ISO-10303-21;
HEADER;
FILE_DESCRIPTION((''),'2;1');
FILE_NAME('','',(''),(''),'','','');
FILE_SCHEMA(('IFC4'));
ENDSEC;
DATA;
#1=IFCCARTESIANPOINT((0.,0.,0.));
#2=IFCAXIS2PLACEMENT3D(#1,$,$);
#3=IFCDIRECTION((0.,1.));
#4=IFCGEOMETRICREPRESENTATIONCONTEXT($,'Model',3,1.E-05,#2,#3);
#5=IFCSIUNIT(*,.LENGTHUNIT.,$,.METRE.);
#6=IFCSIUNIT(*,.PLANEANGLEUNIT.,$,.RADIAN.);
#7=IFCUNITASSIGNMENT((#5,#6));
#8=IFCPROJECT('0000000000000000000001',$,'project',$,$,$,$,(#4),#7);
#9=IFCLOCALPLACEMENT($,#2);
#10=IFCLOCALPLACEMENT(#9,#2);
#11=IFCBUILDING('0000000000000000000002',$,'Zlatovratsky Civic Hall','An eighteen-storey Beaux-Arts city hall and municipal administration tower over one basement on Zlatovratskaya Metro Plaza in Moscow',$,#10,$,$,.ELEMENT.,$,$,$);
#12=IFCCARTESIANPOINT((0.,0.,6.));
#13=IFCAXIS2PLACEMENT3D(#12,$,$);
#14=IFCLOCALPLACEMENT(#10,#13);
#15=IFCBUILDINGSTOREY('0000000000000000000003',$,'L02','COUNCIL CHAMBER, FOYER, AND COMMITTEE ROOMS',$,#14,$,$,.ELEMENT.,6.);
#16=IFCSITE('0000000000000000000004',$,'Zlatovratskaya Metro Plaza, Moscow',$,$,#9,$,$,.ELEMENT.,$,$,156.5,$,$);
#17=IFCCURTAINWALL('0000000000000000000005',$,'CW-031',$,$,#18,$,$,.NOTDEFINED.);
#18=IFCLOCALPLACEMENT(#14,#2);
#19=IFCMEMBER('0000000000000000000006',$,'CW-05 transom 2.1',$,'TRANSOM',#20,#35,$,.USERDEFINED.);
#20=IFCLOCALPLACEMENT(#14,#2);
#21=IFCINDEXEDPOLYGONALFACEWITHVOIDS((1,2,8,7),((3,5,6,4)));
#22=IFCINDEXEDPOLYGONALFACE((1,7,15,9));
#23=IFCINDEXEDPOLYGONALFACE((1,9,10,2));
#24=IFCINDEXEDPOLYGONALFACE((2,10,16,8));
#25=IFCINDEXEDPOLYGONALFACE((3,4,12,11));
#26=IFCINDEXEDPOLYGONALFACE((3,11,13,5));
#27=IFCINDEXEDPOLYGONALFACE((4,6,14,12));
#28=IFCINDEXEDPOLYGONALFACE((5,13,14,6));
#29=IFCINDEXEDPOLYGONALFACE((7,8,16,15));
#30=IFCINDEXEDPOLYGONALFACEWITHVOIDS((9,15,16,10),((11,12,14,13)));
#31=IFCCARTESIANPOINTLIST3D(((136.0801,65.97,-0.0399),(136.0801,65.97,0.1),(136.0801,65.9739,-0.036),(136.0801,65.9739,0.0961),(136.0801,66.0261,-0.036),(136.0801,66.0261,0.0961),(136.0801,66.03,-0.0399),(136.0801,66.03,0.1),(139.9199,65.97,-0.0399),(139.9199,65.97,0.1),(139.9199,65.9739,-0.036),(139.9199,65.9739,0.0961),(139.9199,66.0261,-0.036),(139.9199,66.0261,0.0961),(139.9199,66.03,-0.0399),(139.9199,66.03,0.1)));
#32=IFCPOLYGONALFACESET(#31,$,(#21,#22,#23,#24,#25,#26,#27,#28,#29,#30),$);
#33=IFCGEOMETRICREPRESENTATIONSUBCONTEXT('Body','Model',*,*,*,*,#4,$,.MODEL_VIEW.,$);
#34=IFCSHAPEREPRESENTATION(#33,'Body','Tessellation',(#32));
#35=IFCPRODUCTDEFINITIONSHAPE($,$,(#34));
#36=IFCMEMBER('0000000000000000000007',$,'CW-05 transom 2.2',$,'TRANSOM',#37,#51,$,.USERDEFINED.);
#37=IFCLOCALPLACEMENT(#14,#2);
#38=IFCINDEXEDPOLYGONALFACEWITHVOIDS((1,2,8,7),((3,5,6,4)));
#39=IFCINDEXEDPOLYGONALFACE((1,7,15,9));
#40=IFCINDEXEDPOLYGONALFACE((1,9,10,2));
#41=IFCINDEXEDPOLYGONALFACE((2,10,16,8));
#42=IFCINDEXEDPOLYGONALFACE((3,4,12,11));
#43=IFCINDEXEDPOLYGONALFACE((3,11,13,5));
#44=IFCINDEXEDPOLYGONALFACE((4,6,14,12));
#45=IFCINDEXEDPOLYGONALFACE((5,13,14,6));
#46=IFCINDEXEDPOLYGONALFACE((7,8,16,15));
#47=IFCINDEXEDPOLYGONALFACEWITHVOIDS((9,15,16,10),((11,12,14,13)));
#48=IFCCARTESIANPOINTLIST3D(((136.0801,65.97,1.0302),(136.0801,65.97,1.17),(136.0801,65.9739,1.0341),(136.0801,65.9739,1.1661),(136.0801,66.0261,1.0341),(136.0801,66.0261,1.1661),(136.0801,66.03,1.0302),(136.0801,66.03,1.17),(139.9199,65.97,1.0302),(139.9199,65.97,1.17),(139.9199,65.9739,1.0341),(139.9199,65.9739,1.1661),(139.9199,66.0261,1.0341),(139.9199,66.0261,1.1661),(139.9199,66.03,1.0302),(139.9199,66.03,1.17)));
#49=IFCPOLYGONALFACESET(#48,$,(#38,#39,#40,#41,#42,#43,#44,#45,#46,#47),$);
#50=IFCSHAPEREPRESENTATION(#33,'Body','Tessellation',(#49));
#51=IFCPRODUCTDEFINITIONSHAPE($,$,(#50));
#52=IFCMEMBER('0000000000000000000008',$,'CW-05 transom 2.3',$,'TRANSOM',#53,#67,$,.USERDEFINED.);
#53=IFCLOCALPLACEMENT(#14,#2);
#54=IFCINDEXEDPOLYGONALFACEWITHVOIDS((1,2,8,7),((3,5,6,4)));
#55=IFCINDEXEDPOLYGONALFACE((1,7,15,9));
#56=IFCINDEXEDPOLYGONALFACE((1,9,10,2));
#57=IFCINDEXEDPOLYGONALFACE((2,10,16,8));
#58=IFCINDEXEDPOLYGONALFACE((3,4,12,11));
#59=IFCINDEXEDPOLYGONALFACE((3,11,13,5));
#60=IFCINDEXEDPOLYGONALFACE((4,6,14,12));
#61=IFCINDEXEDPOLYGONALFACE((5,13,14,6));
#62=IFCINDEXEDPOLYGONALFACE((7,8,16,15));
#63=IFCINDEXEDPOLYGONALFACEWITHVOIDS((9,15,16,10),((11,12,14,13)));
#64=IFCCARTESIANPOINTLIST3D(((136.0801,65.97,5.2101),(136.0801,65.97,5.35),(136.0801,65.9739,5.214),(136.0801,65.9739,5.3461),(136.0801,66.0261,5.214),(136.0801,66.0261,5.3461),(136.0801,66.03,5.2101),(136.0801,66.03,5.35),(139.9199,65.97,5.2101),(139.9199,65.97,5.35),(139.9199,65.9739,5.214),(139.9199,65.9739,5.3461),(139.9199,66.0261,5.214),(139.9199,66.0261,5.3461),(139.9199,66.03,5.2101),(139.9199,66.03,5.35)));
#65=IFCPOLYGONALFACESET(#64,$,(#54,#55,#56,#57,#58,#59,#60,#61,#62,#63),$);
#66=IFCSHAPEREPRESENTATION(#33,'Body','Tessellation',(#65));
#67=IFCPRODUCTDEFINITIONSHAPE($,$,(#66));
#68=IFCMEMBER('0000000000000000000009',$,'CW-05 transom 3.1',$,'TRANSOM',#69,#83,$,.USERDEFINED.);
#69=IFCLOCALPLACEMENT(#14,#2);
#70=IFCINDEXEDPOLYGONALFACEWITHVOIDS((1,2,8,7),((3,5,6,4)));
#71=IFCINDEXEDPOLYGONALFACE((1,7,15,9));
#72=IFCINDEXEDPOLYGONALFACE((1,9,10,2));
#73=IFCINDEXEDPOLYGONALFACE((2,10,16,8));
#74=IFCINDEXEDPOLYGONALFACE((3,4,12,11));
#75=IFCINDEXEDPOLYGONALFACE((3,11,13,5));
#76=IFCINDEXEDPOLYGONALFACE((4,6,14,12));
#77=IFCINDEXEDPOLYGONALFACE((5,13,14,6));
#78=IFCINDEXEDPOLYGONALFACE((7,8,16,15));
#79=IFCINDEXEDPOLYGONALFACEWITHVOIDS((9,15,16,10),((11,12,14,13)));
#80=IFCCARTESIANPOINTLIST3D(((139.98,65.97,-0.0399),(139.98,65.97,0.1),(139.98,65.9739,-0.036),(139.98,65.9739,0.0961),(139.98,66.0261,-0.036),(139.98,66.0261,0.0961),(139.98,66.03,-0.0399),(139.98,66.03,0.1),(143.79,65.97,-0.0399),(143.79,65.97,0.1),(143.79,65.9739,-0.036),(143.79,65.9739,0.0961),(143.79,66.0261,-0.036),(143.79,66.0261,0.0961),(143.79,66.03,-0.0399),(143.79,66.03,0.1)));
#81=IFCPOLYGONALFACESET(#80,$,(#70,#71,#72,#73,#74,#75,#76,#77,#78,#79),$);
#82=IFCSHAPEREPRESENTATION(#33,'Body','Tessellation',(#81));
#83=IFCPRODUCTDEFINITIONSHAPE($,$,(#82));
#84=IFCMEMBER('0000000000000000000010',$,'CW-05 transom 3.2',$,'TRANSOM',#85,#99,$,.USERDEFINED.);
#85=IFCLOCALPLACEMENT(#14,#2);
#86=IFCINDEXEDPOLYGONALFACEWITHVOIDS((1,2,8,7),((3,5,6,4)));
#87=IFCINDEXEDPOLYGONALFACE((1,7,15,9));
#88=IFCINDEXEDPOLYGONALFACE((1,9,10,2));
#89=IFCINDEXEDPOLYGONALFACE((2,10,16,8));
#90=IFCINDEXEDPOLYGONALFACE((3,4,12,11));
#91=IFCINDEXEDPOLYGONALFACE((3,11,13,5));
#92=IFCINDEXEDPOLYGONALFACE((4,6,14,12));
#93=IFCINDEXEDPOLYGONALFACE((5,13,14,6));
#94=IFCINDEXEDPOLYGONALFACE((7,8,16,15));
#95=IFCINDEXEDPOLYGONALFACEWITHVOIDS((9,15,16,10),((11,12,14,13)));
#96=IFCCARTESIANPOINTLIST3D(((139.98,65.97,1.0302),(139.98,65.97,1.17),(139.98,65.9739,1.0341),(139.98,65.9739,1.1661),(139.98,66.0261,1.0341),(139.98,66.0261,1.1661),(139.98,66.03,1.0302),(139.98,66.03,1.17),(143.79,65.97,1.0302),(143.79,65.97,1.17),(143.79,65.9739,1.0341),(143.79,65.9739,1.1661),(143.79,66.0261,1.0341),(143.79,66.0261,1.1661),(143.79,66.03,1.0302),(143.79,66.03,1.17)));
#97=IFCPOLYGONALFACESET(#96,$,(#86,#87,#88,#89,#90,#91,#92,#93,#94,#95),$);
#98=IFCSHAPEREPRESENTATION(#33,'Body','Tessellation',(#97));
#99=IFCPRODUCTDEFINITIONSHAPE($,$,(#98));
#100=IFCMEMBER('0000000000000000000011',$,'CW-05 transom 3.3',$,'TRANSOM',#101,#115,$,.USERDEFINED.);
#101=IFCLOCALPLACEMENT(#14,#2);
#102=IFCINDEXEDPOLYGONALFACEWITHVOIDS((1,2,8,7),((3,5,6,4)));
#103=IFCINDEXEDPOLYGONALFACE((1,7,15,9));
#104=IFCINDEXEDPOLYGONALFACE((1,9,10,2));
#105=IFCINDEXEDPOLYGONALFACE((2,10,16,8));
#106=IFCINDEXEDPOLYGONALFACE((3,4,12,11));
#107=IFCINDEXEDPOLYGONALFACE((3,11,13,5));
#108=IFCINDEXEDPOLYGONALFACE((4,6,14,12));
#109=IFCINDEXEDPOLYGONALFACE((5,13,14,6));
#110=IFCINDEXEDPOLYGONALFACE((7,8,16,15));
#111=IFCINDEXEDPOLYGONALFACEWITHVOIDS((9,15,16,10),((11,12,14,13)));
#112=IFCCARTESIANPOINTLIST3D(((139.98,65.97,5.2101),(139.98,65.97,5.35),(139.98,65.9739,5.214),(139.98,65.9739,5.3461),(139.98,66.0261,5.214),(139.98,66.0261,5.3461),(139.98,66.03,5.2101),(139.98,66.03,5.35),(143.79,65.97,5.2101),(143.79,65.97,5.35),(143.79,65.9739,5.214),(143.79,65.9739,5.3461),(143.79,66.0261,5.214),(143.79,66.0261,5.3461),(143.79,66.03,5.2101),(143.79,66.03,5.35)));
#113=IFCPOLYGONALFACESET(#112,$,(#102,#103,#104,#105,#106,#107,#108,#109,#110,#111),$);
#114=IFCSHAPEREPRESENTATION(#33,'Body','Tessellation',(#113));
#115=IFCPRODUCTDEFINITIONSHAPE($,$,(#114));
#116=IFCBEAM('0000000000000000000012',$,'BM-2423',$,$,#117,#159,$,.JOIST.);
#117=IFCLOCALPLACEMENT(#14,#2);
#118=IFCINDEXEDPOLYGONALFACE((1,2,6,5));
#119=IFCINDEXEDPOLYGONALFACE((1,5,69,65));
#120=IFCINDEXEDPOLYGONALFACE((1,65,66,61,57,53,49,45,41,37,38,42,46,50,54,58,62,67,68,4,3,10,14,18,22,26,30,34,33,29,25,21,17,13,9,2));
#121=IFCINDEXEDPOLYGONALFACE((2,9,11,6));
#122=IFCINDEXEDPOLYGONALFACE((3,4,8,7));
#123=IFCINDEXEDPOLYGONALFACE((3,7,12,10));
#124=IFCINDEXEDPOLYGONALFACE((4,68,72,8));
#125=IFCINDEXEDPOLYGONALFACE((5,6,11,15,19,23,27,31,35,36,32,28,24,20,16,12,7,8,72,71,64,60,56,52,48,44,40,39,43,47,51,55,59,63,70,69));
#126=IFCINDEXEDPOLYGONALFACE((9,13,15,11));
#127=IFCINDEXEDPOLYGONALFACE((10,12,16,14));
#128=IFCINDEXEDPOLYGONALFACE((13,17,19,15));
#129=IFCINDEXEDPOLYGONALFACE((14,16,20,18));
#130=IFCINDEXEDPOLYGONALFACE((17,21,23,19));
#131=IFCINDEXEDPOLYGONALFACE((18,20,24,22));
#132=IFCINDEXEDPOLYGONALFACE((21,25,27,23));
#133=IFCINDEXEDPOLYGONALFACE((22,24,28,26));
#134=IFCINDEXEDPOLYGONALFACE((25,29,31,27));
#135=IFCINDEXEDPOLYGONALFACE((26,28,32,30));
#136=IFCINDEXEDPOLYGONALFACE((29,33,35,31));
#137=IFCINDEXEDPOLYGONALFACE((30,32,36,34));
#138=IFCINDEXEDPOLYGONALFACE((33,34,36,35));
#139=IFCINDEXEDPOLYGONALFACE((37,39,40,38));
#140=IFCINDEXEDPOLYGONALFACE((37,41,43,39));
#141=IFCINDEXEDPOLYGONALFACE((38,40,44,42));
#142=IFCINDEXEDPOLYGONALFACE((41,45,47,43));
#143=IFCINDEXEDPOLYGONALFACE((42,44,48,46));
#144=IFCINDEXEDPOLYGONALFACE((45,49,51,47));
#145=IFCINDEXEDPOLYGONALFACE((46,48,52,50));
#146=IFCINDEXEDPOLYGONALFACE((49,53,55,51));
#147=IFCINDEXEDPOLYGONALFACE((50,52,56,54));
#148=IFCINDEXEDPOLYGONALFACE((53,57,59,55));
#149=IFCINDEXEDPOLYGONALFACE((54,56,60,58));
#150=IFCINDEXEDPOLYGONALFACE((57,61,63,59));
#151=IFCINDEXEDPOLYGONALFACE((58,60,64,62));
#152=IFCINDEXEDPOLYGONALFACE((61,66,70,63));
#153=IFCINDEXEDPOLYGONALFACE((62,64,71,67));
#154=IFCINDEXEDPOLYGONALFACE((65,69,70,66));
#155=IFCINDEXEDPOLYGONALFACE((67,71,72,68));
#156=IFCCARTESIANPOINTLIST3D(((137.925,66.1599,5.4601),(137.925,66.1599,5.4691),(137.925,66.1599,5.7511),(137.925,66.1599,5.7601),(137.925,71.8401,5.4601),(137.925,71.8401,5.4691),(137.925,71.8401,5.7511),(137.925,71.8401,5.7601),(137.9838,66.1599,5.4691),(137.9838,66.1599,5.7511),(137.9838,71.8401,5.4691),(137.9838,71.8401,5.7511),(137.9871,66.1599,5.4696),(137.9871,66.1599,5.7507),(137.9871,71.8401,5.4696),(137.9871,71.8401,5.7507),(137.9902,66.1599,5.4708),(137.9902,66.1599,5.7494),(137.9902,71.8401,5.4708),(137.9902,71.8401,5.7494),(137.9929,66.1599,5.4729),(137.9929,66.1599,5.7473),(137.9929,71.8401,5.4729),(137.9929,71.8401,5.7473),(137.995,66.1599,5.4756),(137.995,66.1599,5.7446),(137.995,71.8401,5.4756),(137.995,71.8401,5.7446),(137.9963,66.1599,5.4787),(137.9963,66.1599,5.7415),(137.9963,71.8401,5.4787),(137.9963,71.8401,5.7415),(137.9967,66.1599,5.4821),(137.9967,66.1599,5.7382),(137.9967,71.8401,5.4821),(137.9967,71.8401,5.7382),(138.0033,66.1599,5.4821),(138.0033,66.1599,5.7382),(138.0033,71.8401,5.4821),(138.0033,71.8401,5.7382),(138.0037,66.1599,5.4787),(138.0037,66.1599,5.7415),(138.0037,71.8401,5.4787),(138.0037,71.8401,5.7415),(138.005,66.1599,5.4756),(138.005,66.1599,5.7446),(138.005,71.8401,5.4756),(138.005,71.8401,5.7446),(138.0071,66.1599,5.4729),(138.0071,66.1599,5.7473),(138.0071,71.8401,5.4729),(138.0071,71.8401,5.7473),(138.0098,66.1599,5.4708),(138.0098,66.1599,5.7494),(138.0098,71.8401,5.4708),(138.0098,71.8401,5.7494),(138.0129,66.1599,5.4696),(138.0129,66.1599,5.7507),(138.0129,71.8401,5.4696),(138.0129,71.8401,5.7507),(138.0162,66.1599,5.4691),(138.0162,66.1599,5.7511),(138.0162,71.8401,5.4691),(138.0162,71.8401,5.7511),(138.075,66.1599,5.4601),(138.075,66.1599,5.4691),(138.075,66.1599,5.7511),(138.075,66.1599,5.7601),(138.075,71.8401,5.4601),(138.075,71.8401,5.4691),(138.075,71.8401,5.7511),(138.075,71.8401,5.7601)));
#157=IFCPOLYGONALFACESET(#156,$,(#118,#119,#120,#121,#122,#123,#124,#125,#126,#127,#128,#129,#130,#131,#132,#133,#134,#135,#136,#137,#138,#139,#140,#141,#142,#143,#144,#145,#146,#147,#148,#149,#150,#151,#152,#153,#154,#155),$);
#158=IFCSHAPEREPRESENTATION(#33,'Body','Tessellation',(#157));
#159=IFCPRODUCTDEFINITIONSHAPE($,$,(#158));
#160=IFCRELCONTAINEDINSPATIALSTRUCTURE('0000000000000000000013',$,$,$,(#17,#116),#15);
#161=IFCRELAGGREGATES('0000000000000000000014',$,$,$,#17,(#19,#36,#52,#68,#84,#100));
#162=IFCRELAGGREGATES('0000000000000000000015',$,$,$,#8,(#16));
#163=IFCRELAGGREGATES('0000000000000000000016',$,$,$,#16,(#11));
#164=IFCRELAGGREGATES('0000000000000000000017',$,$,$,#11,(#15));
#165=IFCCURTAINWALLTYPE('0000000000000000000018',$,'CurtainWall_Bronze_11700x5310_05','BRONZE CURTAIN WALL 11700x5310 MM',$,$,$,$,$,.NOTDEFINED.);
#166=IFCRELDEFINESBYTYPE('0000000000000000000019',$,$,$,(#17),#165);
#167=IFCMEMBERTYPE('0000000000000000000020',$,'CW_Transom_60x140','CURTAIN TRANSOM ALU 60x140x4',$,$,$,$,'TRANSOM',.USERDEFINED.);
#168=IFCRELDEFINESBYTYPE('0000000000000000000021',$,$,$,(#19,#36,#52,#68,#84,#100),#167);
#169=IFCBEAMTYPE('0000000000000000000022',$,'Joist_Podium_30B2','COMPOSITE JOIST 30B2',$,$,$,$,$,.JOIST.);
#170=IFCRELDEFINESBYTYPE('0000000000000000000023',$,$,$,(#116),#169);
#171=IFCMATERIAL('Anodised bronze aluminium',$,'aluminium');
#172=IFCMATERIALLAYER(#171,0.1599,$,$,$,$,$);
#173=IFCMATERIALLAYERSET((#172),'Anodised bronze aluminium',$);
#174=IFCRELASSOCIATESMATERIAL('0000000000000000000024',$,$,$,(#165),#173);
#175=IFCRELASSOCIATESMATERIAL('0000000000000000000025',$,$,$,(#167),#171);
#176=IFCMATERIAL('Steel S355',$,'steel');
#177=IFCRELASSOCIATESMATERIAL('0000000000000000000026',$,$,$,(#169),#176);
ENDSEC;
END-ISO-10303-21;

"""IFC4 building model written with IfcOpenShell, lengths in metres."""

from ifc_helpers import new_model, si_unit, direction, frame, origin, origin_2d, place, context, subcontext, project, spatial, hollow_rectangle, i_section, extrude, material, layer, layer_set, material_profile, profile_set, type_object, element, aggregate, save


model = new_model("IFC4")

# Units and contexts
model_context = context("Model", 3, precision=1e-05, world=origin(), true_north=direction((0.0, 1.0)))
body_context = subcontext(model_context, "Body", "Model", "MODEL_VIEW")
ifc_project = project(units=[si_unit("LENGTHUNIT", "METRE"), si_unit("PLANEANGLEUNIT", "RADIAN")], contexts=[model_context])

# Site, building, storey
site_placement = place(None, origin())
site = spatial("IfcSite", under=ifc_project, at=site_placement, Name="Zlatovratskaya Metro Plaza, Moscow", CompositionType="ELEMENT", RefElevation=156.5)
building_placement = place(site_placement, origin())
building = spatial("IfcBuilding", under=site, at=building_placement, Name="Zlatovratsky Civic Hall", Description="An eighteen-storey Beaux-Arts city hall and municipal administration tower over one basement on Zlatovratskaya Metro Plaza in Moscow", CompositionType="ELEMENT")
storey_placement = place(building_placement, frame((0.0, 0.0, 6.0)))
storey = spatial("IfcBuildingStorey", under=building, at=storey_placement, Name="L02", Description="COUNCIL CHAMBER, FOYER, AND COMMITTEE ROOMS", CompositionType="ELEMENT", Elevation=6.0)

# Shared definitions
ifc_material_1 = material(Name="Steel S355", Category="steel")

# Curtain wall
ifc_material_2 = material(Name="Anodised bronze aluminium", Category="aluminium")
ifc_layer_1 = layer(ifc_material_2, 0.1599)
ifc_layer_set_1 = layer_set([ifc_layer_1], Name="Anodised bronze aluminium")
curtain_wall_type_1 = type_object("IfcCurtainWallType", Name="CurtainWall_Bronze_11700x5310_05", Description="BRONZE CURTAIN WALL 11700x5310 MM", PredefinedType="NOTDEFINED", material=ifc_layer_set_1)
curtain_wall_1_placement = place(storey_placement, origin())
curtain_wall_1 = element("IfcCurtainWall", 1, at=curtain_wall_1_placement, inside=storey, type_object=curtain_wall_type_1, Name="CW-031", PredefinedType="NOTDEFINED")

# Members
ifc_material_profile_1 = material_profile(ifc_material_2, hollow_rectangle(XDim=0.0601, YDim=0.1399, WallThickness=0.0039, at=origin_2d()), Name="ALU 60x140x4")
ifc_profile_set_1 = profile_set([ifc_material_profile_1], Name="Anodised bronze aluminium")
member_type_1 = type_object("IfcMemberType", Name="CW_Transom_60x140", Description="CURTAIN TRANSOM ALU 60x140x4", ElementType="TRANSOM", PredefinedType="USERDEFINED", material=ifc_profile_set_1)
member_1_placement = place(storey_placement, frame((136.0801, 66.0, 0.03), z_axis=(1.0, 0.0, 0.0), x_axis=(0.0, 1.0, 0.0)))
member_1 = element("IfcMember", 2, at=member_1_placement, type_object=member_type_1, Name="CW-05 transom 2.1", ObjectType="TRANSOM", PredefinedType="USERDEFINED", context=body_context, shape_type="SweptSolid", body=[
    extrude(hollow_rectangle(XDim=0.0601, YDim=0.1399, WallThickness=0.0039, at=origin_2d()), origin(), (0.0, 0.0, 1.0), 3.8398),
])
member_2_placement = place(storey_placement, frame((136.0801, 66.0, 1.1001), z_axis=(1.0, 0.0, 0.0), x_axis=(0.0, 1.0, 0.0)))
member_2 = element("IfcMember", 3, at=member_2_placement, type_object=member_type_1, Name="CW-05 transom 2.2", ObjectType="TRANSOM", PredefinedType="USERDEFINED", context=body_context, shape_type="SweptSolid", body=[
    extrude(hollow_rectangle(XDim=0.0601, YDim=0.1399, WallThickness=0.0039, at=origin_2d()), origin(), (0.0, 0.0, 1.0), 3.8398),
])
member_3_placement = place(storey_placement, frame((136.0801, 66.0, 5.28), z_axis=(1.0, 0.0, 0.0), x_axis=(0.0, 1.0, 0.0)))
member_3 = element("IfcMember", 4, at=member_3_placement, type_object=member_type_1, Name="CW-05 transom 2.3", ObjectType="TRANSOM", PredefinedType="USERDEFINED", context=body_context, shape_type="SweptSolid", body=[
    extrude(hollow_rectangle(XDim=0.0601, YDim=0.1399, WallThickness=0.0039, at=origin_2d()), origin(), (0.0, 0.0, 1.0), 3.8398),
])
member_4_placement = place(storey_placement, frame((139.98, 66.0, 0.03), z_axis=(1.0, 0.0, 0.0), x_axis=(0.0, 1.0, 0.0)))
member_4 = element("IfcMember", 5, at=member_4_placement, type_object=member_type_1, Name="CW-05 transom 3.1", ObjectType="TRANSOM", PredefinedType="USERDEFINED", context=body_context, shape_type="SweptSolid", body=[
    extrude(hollow_rectangle(XDim=0.0601, YDim=0.1399, WallThickness=0.0039, at=origin_2d()), origin(), (0.0, 0.0, 1.0), 3.8101),
])
member_5_placement = place(storey_placement, frame((139.98, 66.0, 1.1001), z_axis=(1.0, 0.0, 0.0), x_axis=(0.0, 1.0, 0.0)))
member_5 = element("IfcMember", 6, at=member_5_placement, type_object=member_type_1, Name="CW-05 transom 3.2", ObjectType="TRANSOM", PredefinedType="USERDEFINED", context=body_context, shape_type="SweptSolid", body=[
    extrude(hollow_rectangle(XDim=0.0601, YDim=0.1399, WallThickness=0.0039, at=origin_2d()), origin(), (0.0, 0.0, 1.0), 3.8101),
])
member_6_placement = place(storey_placement, frame((139.98, 66.0, 5.28), z_axis=(1.0, 0.0, 0.0), x_axis=(0.0, 1.0, 0.0)))
member_6 = element("IfcMember", 7, at=member_6_placement, type_object=member_type_1, Name="CW-05 transom 3.3", ObjectType="TRANSOM", PredefinedType="USERDEFINED", context=body_context, shape_type="SweptSolid", body=[
    extrude(hollow_rectangle(XDim=0.0601, YDim=0.1399, WallThickness=0.0039, at=origin_2d()), origin(), (0.0, 0.0, 1.0), 3.8101),
])

# Beam
ifc_material_profile_2 = material_profile(ifc_material_1, i_section(OverallWidth=0.1499, OverallDepth=0.3, WebThickness=0.0066, FlangeThickness=0.009, FilletRadius=0.0129, at=origin_2d()), Name="30B2")
ifc_profile_set_2 = profile_set([ifc_material_profile_2], Name="Steel S355")
beam_type_1 = type_object("IfcBeamType", Name="Joist_Podium_30B2", Description="COMPOSITE JOIST 30B2", PredefinedType="JOIST", material=ifc_profile_set_2)
for number, where, z_axis, x_axis, name in (
    (8, (138.0, 66.1599, 5.6101), (0.0, 1.0, 0.0), (-1.0, 0.0, 0.0), "BM-2423"),
):
    element("IfcBeam", number, at=place(storey_placement, frame(where, z_axis=z_axis, x_axis=x_axis)), inside=storey, type_object=beam_type_1, Name=name, PredefinedType="JOIST", context=body_context, shape_type="SweptSolid", body=[
        extrude(i_section(OverallWidth=0.1499, OverallDepth=0.3, WebThickness=0.0066, FlangeThickness=0.009, FilletRadius=0.0129, at=origin_2d()), origin(), (0.0, 0.0, 1.0), 5.6802),
    ])

aggregate(curtain_wall_1, [member_1, member_2, member_3, member_4, member_5, member_6])

save(model, "model.ifc")
